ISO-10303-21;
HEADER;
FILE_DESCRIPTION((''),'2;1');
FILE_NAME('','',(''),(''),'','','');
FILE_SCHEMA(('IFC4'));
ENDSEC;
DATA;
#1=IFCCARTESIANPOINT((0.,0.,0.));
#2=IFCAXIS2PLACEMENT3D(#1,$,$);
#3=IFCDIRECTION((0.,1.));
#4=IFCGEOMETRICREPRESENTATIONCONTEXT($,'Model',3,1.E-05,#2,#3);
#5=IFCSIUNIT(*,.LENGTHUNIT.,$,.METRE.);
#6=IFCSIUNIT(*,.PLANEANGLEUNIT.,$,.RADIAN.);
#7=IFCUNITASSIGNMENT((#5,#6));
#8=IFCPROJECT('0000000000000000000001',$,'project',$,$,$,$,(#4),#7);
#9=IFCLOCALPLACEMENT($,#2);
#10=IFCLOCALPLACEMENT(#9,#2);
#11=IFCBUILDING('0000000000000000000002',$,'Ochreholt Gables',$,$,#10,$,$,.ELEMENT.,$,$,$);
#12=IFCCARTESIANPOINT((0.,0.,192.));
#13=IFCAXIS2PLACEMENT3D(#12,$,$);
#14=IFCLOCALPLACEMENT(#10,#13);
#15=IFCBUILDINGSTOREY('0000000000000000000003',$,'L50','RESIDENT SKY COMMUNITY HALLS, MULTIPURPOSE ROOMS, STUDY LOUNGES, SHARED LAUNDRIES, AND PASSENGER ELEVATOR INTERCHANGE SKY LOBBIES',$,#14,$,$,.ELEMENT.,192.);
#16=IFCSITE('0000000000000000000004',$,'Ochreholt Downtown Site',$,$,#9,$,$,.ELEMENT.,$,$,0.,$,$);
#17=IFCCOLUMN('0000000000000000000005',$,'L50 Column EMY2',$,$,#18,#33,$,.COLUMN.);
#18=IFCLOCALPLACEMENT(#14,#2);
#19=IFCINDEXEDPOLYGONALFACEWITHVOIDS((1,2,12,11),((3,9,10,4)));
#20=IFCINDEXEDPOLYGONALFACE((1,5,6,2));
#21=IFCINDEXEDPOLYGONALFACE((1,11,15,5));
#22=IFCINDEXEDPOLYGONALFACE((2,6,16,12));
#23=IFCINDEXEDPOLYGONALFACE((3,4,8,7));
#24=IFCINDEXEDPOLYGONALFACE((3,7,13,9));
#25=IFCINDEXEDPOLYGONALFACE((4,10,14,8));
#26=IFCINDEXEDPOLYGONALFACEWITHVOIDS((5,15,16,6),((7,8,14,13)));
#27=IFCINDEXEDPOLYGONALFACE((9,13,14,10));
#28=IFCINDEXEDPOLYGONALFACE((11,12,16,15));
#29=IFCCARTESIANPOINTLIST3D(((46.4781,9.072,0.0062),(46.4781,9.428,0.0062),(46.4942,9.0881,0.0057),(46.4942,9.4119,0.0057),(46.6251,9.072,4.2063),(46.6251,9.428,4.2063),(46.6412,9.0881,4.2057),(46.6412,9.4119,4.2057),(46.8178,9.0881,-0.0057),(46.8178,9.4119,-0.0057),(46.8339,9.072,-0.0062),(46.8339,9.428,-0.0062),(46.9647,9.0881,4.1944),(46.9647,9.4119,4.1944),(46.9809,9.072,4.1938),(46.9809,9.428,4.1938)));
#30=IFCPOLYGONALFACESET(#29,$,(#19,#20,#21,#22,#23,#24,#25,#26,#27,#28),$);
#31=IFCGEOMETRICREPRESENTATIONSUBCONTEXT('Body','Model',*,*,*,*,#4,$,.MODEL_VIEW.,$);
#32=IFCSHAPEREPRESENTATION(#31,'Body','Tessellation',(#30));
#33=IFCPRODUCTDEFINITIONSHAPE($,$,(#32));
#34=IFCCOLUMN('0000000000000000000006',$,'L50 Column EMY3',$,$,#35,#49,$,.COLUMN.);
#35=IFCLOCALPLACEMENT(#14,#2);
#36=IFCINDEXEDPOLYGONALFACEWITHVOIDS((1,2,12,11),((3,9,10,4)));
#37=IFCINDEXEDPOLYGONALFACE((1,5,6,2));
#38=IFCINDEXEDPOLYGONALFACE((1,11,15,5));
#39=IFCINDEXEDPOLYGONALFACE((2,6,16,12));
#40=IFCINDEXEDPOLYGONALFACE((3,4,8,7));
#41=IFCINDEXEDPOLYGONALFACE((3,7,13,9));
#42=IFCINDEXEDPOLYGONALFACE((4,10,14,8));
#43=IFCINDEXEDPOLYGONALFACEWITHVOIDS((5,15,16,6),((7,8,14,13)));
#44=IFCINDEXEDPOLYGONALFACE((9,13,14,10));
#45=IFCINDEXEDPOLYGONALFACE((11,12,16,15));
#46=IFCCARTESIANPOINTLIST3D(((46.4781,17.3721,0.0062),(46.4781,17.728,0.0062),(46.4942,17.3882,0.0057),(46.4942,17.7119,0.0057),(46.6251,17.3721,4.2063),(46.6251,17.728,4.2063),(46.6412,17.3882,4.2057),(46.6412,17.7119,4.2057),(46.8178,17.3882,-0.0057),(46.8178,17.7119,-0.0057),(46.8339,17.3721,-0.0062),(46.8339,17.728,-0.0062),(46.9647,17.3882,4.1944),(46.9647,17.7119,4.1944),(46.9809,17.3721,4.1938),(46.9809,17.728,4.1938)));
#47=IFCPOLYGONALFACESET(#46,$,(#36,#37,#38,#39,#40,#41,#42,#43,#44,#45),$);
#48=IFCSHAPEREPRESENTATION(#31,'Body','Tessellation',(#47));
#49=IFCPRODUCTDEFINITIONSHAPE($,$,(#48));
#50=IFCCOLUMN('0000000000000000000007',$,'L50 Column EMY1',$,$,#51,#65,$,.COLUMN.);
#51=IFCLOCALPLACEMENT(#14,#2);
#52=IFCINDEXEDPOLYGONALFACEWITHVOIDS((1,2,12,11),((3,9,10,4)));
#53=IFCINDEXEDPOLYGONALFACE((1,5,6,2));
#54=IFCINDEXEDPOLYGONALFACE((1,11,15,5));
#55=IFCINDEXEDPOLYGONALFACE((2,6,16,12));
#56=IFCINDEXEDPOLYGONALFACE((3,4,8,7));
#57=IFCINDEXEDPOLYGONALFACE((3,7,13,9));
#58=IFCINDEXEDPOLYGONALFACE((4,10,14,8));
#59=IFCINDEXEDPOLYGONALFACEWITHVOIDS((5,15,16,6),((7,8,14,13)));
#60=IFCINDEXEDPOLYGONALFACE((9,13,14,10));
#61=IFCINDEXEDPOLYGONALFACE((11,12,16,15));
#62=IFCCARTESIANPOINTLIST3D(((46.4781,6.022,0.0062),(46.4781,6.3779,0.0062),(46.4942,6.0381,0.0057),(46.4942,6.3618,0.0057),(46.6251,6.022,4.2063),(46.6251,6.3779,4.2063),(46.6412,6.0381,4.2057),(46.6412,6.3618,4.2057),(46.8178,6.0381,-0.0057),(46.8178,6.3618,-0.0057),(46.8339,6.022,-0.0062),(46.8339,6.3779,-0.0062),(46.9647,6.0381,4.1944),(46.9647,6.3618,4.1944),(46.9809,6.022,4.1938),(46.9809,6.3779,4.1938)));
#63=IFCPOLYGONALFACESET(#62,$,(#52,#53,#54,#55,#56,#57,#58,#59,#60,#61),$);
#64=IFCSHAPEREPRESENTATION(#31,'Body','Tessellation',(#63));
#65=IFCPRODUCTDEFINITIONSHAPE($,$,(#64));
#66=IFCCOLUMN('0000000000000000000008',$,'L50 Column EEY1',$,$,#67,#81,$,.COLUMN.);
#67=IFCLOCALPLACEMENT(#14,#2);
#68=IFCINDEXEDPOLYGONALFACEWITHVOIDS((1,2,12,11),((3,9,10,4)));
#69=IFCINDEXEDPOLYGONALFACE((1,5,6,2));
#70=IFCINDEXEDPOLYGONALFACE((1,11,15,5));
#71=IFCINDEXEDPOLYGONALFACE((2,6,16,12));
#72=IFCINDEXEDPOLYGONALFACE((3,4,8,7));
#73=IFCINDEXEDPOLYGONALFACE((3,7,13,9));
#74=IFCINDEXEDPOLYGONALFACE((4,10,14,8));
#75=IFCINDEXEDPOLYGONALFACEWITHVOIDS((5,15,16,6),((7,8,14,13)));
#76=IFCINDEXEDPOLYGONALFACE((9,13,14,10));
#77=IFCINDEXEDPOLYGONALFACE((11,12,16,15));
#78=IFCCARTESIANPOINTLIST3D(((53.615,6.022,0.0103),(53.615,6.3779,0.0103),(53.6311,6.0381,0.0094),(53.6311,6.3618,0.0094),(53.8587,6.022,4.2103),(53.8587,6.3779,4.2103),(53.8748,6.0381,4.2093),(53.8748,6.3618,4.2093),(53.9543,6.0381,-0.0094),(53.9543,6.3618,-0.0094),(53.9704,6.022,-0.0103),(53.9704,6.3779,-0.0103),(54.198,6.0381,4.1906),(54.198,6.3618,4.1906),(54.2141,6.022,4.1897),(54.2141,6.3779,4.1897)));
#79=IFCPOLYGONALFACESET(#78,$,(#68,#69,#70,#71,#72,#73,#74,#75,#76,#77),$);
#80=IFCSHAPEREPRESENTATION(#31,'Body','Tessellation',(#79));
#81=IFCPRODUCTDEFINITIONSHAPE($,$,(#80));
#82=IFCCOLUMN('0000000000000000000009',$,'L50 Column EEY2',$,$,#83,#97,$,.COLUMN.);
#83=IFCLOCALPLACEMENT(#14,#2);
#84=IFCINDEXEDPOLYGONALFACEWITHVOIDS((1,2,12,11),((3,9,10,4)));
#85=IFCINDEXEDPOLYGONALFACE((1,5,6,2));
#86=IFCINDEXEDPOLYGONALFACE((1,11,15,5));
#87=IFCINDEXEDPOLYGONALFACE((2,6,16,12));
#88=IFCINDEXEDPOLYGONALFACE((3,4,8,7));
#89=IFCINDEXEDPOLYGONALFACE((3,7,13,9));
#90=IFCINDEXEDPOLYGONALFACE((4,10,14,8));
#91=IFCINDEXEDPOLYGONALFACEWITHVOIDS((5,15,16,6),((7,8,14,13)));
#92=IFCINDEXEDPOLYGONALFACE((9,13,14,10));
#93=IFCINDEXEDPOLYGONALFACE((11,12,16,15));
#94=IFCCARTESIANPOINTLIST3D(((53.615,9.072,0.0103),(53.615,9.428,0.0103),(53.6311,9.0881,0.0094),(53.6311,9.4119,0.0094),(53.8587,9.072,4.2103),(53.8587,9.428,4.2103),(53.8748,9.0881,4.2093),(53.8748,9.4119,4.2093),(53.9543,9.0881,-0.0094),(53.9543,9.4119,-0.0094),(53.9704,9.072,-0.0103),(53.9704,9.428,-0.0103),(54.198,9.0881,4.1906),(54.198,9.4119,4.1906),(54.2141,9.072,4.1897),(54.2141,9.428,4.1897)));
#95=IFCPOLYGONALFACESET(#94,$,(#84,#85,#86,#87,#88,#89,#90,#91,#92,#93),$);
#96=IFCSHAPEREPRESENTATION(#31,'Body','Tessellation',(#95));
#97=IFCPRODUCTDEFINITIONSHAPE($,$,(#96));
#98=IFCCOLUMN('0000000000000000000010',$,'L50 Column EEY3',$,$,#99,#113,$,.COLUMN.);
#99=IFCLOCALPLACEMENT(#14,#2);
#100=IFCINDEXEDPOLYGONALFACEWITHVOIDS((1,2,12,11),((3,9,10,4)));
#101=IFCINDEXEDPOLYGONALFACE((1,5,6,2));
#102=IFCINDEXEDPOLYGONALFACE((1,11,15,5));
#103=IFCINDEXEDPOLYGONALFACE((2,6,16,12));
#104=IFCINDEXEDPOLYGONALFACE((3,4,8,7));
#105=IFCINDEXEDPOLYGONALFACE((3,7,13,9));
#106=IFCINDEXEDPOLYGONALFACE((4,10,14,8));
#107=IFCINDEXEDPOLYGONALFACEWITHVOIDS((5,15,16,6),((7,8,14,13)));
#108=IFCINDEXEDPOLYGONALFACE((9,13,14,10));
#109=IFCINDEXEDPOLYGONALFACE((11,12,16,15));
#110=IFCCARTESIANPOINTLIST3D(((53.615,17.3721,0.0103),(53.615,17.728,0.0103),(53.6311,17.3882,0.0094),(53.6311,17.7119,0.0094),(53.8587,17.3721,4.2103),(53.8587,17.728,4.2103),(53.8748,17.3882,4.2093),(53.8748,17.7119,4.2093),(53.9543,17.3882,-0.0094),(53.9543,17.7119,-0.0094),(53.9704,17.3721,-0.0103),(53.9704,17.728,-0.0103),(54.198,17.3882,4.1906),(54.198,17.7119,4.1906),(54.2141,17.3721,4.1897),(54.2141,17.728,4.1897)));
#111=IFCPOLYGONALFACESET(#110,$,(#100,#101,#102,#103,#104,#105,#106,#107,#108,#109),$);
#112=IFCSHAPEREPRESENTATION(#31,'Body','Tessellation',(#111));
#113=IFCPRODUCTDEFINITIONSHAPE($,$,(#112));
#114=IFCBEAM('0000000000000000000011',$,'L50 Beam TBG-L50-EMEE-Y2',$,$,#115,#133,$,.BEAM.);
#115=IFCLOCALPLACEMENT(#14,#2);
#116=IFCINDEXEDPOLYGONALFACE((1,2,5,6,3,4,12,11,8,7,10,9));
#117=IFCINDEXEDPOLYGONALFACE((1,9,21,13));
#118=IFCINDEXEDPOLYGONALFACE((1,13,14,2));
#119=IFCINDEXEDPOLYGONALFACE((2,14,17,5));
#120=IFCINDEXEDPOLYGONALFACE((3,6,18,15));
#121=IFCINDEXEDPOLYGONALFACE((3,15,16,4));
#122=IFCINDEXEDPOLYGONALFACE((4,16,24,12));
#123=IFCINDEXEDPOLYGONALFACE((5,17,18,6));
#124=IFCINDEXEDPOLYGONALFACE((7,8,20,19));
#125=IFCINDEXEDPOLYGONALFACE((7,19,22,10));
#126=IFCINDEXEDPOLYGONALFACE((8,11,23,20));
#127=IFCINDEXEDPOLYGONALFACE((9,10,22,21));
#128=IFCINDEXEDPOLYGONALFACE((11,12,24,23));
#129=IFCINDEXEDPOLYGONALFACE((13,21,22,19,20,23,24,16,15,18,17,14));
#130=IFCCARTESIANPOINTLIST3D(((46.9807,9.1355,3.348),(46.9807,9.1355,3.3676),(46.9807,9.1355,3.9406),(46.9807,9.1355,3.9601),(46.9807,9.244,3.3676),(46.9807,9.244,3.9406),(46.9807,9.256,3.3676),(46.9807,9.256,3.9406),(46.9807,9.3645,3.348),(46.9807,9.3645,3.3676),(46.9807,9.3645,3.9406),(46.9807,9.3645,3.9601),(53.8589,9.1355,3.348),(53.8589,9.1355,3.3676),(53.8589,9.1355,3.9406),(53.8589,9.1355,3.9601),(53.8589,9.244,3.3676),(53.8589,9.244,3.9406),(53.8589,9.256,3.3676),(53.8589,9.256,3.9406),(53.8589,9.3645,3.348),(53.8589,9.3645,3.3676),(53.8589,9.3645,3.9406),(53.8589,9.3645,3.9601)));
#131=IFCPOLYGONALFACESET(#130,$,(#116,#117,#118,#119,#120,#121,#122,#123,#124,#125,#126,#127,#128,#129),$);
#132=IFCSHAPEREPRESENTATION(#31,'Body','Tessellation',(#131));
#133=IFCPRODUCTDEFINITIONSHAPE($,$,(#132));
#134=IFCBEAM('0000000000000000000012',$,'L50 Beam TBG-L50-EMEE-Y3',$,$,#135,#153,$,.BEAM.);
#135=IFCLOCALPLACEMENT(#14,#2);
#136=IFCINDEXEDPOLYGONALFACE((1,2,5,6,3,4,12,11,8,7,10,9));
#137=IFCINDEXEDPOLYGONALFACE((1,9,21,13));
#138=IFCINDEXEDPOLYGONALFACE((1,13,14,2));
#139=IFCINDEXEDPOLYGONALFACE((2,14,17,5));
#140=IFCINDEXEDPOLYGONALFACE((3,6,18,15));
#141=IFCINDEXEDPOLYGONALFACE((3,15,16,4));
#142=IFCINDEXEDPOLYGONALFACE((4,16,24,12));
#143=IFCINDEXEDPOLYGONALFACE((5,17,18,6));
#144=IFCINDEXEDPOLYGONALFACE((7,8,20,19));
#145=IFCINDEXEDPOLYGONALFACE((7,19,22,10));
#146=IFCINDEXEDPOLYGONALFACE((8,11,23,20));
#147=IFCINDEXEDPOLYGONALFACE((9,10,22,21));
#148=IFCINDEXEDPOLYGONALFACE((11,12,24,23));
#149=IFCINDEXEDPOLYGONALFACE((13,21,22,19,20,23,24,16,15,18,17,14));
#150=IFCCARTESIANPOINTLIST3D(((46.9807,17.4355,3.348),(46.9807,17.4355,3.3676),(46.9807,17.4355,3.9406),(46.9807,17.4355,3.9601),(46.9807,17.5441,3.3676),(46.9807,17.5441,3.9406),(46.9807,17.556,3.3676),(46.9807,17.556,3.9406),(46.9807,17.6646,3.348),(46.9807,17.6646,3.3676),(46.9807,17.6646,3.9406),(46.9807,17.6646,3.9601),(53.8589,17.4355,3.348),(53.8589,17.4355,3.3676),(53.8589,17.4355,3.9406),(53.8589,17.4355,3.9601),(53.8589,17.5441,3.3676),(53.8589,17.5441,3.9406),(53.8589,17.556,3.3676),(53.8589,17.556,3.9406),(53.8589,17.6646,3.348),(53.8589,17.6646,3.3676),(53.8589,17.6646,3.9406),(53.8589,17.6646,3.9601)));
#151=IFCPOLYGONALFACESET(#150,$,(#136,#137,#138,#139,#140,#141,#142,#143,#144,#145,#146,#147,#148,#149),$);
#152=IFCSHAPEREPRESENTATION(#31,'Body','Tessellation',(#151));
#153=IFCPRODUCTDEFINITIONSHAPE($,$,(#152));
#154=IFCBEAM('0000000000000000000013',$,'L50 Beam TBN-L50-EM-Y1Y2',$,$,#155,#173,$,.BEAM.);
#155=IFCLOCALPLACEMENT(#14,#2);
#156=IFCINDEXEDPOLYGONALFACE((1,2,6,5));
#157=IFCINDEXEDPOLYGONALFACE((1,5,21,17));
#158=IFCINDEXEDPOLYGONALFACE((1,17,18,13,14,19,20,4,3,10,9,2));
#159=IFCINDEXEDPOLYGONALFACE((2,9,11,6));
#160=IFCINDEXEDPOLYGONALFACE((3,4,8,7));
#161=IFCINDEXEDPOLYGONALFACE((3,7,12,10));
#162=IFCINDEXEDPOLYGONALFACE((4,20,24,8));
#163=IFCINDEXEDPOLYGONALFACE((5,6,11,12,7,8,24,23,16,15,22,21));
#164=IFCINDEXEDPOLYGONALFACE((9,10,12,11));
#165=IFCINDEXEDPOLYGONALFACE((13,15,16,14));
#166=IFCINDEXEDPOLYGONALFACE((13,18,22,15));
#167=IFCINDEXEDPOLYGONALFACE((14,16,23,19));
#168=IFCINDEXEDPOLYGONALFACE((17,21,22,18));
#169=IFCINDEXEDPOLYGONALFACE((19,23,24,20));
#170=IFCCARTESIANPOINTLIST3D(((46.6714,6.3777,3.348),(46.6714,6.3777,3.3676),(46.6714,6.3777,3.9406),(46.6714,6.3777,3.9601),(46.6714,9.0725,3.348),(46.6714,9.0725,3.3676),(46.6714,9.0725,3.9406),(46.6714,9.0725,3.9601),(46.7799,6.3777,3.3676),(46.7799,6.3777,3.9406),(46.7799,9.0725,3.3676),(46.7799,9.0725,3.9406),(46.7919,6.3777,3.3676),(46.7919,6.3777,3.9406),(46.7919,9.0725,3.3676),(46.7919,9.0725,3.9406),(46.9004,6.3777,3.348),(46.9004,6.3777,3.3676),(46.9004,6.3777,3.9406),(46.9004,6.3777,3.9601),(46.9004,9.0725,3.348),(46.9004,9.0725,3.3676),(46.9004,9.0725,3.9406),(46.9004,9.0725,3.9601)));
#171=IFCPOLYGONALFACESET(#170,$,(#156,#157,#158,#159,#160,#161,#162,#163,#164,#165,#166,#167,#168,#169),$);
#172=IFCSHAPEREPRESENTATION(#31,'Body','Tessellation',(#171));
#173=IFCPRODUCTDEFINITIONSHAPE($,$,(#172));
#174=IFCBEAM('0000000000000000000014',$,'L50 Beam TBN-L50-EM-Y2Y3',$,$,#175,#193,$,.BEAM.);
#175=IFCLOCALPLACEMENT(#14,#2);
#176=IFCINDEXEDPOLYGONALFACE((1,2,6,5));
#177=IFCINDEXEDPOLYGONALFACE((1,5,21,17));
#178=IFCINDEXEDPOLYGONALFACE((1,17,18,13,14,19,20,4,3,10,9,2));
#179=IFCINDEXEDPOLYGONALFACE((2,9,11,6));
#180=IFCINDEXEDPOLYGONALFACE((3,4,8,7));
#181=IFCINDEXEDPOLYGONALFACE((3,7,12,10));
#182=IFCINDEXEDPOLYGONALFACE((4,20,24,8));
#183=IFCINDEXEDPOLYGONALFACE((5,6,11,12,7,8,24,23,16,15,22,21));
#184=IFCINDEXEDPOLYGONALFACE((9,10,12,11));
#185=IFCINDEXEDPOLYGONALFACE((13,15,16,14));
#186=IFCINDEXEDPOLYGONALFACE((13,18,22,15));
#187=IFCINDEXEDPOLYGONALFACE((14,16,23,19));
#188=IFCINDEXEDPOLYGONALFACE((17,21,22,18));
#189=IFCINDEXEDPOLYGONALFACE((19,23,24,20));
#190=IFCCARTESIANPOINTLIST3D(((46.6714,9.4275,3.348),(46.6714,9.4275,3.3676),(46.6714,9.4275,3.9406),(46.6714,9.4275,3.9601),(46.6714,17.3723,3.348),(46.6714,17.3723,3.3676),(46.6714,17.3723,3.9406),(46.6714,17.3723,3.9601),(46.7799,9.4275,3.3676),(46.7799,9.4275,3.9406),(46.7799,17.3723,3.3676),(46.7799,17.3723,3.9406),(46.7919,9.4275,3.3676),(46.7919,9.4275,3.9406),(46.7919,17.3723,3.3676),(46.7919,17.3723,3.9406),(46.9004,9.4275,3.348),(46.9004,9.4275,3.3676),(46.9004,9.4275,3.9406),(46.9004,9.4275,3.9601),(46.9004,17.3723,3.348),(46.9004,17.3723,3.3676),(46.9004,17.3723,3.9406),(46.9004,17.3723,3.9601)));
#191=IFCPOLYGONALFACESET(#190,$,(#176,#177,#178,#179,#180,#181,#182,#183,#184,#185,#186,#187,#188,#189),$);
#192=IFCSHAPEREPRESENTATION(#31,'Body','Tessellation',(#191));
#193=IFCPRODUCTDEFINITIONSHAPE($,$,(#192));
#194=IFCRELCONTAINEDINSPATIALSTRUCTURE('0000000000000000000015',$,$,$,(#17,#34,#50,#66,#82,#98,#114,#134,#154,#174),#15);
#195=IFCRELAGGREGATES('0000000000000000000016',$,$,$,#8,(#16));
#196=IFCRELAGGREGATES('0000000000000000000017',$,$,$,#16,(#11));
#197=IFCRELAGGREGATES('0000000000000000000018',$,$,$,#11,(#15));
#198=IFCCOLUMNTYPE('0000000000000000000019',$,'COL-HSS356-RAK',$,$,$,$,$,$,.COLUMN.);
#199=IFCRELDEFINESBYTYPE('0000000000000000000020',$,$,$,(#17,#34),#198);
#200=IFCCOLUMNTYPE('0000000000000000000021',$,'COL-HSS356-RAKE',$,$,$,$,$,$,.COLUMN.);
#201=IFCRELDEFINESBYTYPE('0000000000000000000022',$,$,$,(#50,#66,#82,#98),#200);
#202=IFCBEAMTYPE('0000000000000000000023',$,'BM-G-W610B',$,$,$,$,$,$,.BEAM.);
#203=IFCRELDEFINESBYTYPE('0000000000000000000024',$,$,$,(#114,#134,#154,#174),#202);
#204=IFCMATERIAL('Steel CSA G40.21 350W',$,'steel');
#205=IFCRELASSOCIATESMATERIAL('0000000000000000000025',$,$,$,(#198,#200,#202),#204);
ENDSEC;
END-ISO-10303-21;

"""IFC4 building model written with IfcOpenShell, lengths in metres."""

from ifc_helpers import new_model, si_unit, direction, frame, origin, origin_2d, place, context, subcontext, project, spatial, hollow_rectangle, i_section, extrude, material, material_profile, profile_set, type_object, element, save


model = new_model("IFC4")

# Units and contexts
model_context = context("Model", 3, precision=1e-05, world=origin(), true_north=direction((0.0, 1.0)))
body_context = subcontext(model_context, "Body", "Model", "MODEL_VIEW")
ifc_project = project(units=[si_unit("LENGTHUNIT", "METRE"), si_unit("PLANEANGLEUNIT", "RADIAN")], contexts=[model_context])

# Site, building, storey
site_placement = place(None, origin())
site = spatial("IfcSite", under=ifc_project, at=site_placement, Name="Ochreholt Downtown Site", CompositionType="ELEMENT", RefElevation=0.0)
building_placement = place(site_placement, origin())
building = spatial("IfcBuilding", under=site, at=building_placement, Name="Ochreholt Gables", CompositionType="ELEMENT")
storey_placement = place(building_placement, frame((0.0, 0.0, 192.0)))
storey = spatial("IfcBuildingStorey", under=building, at=storey_placement, Name="L50", Description="RESIDENT SKY COMMUNITY HALLS, MULTIPURPOSE ROOMS, STUDY LOUNGES, SHARED LAUNDRIES, AND PASSENGER ELEVATOR INTERCHANGE SKY LOBBIES", CompositionType="ELEMENT", Elevation=192.0)

# Columns
ifc_material_1 = material(Name="Steel CSA G40.21 350W", Category="steel")
ifc_material_profile_1 = material_profile(ifc_material_1, hollow_rectangle(XDim=0.356, YDim=0.356, WallThickness=0.0161, at=origin_2d()), Name="HSS356X356X16")
ifc_profile_set_1 = profile_set([ifc_material_profile_1], Name="Steel CSA G40.21 350W")
column_type_1 = type_object("IfcColumnType", Name="COL-HSS356-RAK", PredefinedType="COLUMN", material=ifc_profile_set_1)
for number, where, z_axis, x_axis, name in (
    (1, (46.656, 9.25, 0.0), (0.034972, 0.0, 0.999388), (0.0, 1.0, 0.0), "L50 Column EMY2"),
    (2, (46.656, 17.55, 0.0), (0.034972, 0.0, 0.999388), (0.0, 1.0, 0.0), "L50 Column EMY3"),
):
    element("IfcColumn", number, at=place(storey_placement, frame(where, z_axis=z_axis, x_axis=x_axis)), inside=storey, type_object=column_type_1, Name=name, PredefinedType="COLUMN", context=body_context, shape_type="SweptSolid", body=[
        extrude(hollow_rectangle(XDim=0.356, YDim=0.356, WallThickness=0.0161, at=origin_2d()), origin(), (0.0, 0.0, 1.0), 4.2026),
    ])
ifc_material_profile_2 = material_profile(ifc_material_1, hollow_rectangle(XDim=0.356, YDim=0.356, WallThickness=0.0161, at=origin_2d()), Name="HSS356X356X16")
ifc_profile_set_2 = profile_set([ifc_material_profile_2], Name="Steel CSA G40.21 350W")
column_type_2 = type_object("IfcColumnType", Name="COL-HSS356-RAKE", PredefinedType="COLUMN", material=ifc_profile_set_2)
column_placement = place(storey_placement, frame((46.656, 6.2, 0.0), z_axis=(0.034972, 0.0, 0.999388), x_axis=(0.0, 1.0, 0.0)))
element("IfcColumn", 3, at=column_placement, inside=storey, type_object=column_type_2, Name="L50 Column EMY1", PredefinedType="COLUMN", context=body_context, shape_type="SweptSolid", body=[
    extrude(hollow_rectangle(XDim=0.356, YDim=0.356, WallThickness=0.0161, at=origin_2d()), origin(), (0.0, 0.0, 1.0), 4.2026),
])
for number, where, z_axis, x_axis, name in (
    (4, (53.7927, 6.2, 0.0), (0.057916, 0.0, 0.998321), (0.0, 1.0, 0.0), "L50 Column EEY1"),
    (5, (53.7927, 9.25, 0.0), (0.057916, 0.0, 0.998321), (0.0, 1.0, 0.0), "L50 Column EEY2"),
    (6, (53.7927, 17.55, 0.0), (0.057916, 0.0, 0.998321), (0.0, 1.0, 0.0), "L50 Column EEY3"),
):
    element("IfcColumn", number, at=place(storey_placement, frame(where, z_axis=z_axis, x_axis=x_axis)), inside=storey, type_object=column_type_2, Name=name, PredefinedType="COLUMN", context=body_context, shape_type="SweptSolid", body=[
        extrude(hollow_rectangle(XDim=0.356, YDim=0.356, WallThickness=0.0161, at=origin_2d()), origin(), (0.0, 0.0, 1.0), 4.207),
    ])

# Beams
ifc_material_profile_3 = material_profile(ifc_material_1, i_section(OverallWidth=0.229, OverallDepth=0.6121, WebThickness=0.012, FlangeThickness=0.0195, at=origin_2d()), Name="W610X125")
ifc_profile_set_3 = profile_set([ifc_material_profile_3], Name="Steel CSA G40.21 350W")
beam_type_1 = type_object("IfcBeamType", Name="BM-G-W610B", PredefinedType="BEAM", material=ifc_profile_set_3)
for number, where, z_axis, x_axis, name in (
    (7, (46.9807, 9.25, 3.6541), (1.0, 0.0, 0.0), (0.0, 1.0, 0.0), "L50 Beam TBG-L50-EMEE-Y2"),
    (8, (46.9807, 17.55, 3.6541), (1.0, 0.0, 0.0), (0.0, 1.0, 0.0), "L50 Beam TBG-L50-EMEE-Y3"),
):
    element("IfcBeam", number, at=place(storey_placement, frame(where, z_axis=z_axis, x_axis=x_axis)), inside=storey, type_object=beam_type_1, Name=name, PredefinedType="BEAM", context=body_context, shape_type="SweptSolid", body=[
        extrude(i_section(OverallWidth=0.229, OverallDepth=0.6121, WebThickness=0.012, FlangeThickness=0.0195, at=origin_2d()), origin(), (0.0, 0.0, 1.0), 6.8782),
    ])
beam_1_placement = place(storey_placement, frame((46.7859, 6.3777, 3.6541), z_axis=(0.0, 1.0, 0.0), x_axis=(-1.0, 0.0, 0.0)))
element("IfcBeam", 9, at=beam_1_placement, inside=storey, type_object=beam_type_1, Name="L50 Beam TBN-L50-EM-Y1Y2", PredefinedType="BEAM", context=body_context, shape_type="SweptSolid", body=[
    extrude(i_section(OverallWidth=0.229, OverallDepth=0.6121, WebThickness=0.012, FlangeThickness=0.0195, at=origin_2d()), origin(), (0.0, 0.0, 1.0), 2.6948),
])
beam_2_placement = place(storey_placement, frame((46.7859, 9.4275, 3.6541), z_axis=(0.0, 1.0, 0.0), x_axis=(-1.0, 0.0, 0.0)))
element("IfcBeam", 10, at=beam_2_placement, inside=storey, type_object=beam_type_1, Name="L50 Beam TBN-L50-EM-Y2Y3", PredefinedType="BEAM", context=body_context, shape_type="SweptSolid", body=[
    extrude(i_section(OverallWidth=0.229, OverallDepth=0.6121, WebThickness=0.012, FlangeThickness=0.0195, at=origin_2d()), origin(), (0.0, 0.0, 1.0), 7.9448),
])

save(model, "model.ifc")
